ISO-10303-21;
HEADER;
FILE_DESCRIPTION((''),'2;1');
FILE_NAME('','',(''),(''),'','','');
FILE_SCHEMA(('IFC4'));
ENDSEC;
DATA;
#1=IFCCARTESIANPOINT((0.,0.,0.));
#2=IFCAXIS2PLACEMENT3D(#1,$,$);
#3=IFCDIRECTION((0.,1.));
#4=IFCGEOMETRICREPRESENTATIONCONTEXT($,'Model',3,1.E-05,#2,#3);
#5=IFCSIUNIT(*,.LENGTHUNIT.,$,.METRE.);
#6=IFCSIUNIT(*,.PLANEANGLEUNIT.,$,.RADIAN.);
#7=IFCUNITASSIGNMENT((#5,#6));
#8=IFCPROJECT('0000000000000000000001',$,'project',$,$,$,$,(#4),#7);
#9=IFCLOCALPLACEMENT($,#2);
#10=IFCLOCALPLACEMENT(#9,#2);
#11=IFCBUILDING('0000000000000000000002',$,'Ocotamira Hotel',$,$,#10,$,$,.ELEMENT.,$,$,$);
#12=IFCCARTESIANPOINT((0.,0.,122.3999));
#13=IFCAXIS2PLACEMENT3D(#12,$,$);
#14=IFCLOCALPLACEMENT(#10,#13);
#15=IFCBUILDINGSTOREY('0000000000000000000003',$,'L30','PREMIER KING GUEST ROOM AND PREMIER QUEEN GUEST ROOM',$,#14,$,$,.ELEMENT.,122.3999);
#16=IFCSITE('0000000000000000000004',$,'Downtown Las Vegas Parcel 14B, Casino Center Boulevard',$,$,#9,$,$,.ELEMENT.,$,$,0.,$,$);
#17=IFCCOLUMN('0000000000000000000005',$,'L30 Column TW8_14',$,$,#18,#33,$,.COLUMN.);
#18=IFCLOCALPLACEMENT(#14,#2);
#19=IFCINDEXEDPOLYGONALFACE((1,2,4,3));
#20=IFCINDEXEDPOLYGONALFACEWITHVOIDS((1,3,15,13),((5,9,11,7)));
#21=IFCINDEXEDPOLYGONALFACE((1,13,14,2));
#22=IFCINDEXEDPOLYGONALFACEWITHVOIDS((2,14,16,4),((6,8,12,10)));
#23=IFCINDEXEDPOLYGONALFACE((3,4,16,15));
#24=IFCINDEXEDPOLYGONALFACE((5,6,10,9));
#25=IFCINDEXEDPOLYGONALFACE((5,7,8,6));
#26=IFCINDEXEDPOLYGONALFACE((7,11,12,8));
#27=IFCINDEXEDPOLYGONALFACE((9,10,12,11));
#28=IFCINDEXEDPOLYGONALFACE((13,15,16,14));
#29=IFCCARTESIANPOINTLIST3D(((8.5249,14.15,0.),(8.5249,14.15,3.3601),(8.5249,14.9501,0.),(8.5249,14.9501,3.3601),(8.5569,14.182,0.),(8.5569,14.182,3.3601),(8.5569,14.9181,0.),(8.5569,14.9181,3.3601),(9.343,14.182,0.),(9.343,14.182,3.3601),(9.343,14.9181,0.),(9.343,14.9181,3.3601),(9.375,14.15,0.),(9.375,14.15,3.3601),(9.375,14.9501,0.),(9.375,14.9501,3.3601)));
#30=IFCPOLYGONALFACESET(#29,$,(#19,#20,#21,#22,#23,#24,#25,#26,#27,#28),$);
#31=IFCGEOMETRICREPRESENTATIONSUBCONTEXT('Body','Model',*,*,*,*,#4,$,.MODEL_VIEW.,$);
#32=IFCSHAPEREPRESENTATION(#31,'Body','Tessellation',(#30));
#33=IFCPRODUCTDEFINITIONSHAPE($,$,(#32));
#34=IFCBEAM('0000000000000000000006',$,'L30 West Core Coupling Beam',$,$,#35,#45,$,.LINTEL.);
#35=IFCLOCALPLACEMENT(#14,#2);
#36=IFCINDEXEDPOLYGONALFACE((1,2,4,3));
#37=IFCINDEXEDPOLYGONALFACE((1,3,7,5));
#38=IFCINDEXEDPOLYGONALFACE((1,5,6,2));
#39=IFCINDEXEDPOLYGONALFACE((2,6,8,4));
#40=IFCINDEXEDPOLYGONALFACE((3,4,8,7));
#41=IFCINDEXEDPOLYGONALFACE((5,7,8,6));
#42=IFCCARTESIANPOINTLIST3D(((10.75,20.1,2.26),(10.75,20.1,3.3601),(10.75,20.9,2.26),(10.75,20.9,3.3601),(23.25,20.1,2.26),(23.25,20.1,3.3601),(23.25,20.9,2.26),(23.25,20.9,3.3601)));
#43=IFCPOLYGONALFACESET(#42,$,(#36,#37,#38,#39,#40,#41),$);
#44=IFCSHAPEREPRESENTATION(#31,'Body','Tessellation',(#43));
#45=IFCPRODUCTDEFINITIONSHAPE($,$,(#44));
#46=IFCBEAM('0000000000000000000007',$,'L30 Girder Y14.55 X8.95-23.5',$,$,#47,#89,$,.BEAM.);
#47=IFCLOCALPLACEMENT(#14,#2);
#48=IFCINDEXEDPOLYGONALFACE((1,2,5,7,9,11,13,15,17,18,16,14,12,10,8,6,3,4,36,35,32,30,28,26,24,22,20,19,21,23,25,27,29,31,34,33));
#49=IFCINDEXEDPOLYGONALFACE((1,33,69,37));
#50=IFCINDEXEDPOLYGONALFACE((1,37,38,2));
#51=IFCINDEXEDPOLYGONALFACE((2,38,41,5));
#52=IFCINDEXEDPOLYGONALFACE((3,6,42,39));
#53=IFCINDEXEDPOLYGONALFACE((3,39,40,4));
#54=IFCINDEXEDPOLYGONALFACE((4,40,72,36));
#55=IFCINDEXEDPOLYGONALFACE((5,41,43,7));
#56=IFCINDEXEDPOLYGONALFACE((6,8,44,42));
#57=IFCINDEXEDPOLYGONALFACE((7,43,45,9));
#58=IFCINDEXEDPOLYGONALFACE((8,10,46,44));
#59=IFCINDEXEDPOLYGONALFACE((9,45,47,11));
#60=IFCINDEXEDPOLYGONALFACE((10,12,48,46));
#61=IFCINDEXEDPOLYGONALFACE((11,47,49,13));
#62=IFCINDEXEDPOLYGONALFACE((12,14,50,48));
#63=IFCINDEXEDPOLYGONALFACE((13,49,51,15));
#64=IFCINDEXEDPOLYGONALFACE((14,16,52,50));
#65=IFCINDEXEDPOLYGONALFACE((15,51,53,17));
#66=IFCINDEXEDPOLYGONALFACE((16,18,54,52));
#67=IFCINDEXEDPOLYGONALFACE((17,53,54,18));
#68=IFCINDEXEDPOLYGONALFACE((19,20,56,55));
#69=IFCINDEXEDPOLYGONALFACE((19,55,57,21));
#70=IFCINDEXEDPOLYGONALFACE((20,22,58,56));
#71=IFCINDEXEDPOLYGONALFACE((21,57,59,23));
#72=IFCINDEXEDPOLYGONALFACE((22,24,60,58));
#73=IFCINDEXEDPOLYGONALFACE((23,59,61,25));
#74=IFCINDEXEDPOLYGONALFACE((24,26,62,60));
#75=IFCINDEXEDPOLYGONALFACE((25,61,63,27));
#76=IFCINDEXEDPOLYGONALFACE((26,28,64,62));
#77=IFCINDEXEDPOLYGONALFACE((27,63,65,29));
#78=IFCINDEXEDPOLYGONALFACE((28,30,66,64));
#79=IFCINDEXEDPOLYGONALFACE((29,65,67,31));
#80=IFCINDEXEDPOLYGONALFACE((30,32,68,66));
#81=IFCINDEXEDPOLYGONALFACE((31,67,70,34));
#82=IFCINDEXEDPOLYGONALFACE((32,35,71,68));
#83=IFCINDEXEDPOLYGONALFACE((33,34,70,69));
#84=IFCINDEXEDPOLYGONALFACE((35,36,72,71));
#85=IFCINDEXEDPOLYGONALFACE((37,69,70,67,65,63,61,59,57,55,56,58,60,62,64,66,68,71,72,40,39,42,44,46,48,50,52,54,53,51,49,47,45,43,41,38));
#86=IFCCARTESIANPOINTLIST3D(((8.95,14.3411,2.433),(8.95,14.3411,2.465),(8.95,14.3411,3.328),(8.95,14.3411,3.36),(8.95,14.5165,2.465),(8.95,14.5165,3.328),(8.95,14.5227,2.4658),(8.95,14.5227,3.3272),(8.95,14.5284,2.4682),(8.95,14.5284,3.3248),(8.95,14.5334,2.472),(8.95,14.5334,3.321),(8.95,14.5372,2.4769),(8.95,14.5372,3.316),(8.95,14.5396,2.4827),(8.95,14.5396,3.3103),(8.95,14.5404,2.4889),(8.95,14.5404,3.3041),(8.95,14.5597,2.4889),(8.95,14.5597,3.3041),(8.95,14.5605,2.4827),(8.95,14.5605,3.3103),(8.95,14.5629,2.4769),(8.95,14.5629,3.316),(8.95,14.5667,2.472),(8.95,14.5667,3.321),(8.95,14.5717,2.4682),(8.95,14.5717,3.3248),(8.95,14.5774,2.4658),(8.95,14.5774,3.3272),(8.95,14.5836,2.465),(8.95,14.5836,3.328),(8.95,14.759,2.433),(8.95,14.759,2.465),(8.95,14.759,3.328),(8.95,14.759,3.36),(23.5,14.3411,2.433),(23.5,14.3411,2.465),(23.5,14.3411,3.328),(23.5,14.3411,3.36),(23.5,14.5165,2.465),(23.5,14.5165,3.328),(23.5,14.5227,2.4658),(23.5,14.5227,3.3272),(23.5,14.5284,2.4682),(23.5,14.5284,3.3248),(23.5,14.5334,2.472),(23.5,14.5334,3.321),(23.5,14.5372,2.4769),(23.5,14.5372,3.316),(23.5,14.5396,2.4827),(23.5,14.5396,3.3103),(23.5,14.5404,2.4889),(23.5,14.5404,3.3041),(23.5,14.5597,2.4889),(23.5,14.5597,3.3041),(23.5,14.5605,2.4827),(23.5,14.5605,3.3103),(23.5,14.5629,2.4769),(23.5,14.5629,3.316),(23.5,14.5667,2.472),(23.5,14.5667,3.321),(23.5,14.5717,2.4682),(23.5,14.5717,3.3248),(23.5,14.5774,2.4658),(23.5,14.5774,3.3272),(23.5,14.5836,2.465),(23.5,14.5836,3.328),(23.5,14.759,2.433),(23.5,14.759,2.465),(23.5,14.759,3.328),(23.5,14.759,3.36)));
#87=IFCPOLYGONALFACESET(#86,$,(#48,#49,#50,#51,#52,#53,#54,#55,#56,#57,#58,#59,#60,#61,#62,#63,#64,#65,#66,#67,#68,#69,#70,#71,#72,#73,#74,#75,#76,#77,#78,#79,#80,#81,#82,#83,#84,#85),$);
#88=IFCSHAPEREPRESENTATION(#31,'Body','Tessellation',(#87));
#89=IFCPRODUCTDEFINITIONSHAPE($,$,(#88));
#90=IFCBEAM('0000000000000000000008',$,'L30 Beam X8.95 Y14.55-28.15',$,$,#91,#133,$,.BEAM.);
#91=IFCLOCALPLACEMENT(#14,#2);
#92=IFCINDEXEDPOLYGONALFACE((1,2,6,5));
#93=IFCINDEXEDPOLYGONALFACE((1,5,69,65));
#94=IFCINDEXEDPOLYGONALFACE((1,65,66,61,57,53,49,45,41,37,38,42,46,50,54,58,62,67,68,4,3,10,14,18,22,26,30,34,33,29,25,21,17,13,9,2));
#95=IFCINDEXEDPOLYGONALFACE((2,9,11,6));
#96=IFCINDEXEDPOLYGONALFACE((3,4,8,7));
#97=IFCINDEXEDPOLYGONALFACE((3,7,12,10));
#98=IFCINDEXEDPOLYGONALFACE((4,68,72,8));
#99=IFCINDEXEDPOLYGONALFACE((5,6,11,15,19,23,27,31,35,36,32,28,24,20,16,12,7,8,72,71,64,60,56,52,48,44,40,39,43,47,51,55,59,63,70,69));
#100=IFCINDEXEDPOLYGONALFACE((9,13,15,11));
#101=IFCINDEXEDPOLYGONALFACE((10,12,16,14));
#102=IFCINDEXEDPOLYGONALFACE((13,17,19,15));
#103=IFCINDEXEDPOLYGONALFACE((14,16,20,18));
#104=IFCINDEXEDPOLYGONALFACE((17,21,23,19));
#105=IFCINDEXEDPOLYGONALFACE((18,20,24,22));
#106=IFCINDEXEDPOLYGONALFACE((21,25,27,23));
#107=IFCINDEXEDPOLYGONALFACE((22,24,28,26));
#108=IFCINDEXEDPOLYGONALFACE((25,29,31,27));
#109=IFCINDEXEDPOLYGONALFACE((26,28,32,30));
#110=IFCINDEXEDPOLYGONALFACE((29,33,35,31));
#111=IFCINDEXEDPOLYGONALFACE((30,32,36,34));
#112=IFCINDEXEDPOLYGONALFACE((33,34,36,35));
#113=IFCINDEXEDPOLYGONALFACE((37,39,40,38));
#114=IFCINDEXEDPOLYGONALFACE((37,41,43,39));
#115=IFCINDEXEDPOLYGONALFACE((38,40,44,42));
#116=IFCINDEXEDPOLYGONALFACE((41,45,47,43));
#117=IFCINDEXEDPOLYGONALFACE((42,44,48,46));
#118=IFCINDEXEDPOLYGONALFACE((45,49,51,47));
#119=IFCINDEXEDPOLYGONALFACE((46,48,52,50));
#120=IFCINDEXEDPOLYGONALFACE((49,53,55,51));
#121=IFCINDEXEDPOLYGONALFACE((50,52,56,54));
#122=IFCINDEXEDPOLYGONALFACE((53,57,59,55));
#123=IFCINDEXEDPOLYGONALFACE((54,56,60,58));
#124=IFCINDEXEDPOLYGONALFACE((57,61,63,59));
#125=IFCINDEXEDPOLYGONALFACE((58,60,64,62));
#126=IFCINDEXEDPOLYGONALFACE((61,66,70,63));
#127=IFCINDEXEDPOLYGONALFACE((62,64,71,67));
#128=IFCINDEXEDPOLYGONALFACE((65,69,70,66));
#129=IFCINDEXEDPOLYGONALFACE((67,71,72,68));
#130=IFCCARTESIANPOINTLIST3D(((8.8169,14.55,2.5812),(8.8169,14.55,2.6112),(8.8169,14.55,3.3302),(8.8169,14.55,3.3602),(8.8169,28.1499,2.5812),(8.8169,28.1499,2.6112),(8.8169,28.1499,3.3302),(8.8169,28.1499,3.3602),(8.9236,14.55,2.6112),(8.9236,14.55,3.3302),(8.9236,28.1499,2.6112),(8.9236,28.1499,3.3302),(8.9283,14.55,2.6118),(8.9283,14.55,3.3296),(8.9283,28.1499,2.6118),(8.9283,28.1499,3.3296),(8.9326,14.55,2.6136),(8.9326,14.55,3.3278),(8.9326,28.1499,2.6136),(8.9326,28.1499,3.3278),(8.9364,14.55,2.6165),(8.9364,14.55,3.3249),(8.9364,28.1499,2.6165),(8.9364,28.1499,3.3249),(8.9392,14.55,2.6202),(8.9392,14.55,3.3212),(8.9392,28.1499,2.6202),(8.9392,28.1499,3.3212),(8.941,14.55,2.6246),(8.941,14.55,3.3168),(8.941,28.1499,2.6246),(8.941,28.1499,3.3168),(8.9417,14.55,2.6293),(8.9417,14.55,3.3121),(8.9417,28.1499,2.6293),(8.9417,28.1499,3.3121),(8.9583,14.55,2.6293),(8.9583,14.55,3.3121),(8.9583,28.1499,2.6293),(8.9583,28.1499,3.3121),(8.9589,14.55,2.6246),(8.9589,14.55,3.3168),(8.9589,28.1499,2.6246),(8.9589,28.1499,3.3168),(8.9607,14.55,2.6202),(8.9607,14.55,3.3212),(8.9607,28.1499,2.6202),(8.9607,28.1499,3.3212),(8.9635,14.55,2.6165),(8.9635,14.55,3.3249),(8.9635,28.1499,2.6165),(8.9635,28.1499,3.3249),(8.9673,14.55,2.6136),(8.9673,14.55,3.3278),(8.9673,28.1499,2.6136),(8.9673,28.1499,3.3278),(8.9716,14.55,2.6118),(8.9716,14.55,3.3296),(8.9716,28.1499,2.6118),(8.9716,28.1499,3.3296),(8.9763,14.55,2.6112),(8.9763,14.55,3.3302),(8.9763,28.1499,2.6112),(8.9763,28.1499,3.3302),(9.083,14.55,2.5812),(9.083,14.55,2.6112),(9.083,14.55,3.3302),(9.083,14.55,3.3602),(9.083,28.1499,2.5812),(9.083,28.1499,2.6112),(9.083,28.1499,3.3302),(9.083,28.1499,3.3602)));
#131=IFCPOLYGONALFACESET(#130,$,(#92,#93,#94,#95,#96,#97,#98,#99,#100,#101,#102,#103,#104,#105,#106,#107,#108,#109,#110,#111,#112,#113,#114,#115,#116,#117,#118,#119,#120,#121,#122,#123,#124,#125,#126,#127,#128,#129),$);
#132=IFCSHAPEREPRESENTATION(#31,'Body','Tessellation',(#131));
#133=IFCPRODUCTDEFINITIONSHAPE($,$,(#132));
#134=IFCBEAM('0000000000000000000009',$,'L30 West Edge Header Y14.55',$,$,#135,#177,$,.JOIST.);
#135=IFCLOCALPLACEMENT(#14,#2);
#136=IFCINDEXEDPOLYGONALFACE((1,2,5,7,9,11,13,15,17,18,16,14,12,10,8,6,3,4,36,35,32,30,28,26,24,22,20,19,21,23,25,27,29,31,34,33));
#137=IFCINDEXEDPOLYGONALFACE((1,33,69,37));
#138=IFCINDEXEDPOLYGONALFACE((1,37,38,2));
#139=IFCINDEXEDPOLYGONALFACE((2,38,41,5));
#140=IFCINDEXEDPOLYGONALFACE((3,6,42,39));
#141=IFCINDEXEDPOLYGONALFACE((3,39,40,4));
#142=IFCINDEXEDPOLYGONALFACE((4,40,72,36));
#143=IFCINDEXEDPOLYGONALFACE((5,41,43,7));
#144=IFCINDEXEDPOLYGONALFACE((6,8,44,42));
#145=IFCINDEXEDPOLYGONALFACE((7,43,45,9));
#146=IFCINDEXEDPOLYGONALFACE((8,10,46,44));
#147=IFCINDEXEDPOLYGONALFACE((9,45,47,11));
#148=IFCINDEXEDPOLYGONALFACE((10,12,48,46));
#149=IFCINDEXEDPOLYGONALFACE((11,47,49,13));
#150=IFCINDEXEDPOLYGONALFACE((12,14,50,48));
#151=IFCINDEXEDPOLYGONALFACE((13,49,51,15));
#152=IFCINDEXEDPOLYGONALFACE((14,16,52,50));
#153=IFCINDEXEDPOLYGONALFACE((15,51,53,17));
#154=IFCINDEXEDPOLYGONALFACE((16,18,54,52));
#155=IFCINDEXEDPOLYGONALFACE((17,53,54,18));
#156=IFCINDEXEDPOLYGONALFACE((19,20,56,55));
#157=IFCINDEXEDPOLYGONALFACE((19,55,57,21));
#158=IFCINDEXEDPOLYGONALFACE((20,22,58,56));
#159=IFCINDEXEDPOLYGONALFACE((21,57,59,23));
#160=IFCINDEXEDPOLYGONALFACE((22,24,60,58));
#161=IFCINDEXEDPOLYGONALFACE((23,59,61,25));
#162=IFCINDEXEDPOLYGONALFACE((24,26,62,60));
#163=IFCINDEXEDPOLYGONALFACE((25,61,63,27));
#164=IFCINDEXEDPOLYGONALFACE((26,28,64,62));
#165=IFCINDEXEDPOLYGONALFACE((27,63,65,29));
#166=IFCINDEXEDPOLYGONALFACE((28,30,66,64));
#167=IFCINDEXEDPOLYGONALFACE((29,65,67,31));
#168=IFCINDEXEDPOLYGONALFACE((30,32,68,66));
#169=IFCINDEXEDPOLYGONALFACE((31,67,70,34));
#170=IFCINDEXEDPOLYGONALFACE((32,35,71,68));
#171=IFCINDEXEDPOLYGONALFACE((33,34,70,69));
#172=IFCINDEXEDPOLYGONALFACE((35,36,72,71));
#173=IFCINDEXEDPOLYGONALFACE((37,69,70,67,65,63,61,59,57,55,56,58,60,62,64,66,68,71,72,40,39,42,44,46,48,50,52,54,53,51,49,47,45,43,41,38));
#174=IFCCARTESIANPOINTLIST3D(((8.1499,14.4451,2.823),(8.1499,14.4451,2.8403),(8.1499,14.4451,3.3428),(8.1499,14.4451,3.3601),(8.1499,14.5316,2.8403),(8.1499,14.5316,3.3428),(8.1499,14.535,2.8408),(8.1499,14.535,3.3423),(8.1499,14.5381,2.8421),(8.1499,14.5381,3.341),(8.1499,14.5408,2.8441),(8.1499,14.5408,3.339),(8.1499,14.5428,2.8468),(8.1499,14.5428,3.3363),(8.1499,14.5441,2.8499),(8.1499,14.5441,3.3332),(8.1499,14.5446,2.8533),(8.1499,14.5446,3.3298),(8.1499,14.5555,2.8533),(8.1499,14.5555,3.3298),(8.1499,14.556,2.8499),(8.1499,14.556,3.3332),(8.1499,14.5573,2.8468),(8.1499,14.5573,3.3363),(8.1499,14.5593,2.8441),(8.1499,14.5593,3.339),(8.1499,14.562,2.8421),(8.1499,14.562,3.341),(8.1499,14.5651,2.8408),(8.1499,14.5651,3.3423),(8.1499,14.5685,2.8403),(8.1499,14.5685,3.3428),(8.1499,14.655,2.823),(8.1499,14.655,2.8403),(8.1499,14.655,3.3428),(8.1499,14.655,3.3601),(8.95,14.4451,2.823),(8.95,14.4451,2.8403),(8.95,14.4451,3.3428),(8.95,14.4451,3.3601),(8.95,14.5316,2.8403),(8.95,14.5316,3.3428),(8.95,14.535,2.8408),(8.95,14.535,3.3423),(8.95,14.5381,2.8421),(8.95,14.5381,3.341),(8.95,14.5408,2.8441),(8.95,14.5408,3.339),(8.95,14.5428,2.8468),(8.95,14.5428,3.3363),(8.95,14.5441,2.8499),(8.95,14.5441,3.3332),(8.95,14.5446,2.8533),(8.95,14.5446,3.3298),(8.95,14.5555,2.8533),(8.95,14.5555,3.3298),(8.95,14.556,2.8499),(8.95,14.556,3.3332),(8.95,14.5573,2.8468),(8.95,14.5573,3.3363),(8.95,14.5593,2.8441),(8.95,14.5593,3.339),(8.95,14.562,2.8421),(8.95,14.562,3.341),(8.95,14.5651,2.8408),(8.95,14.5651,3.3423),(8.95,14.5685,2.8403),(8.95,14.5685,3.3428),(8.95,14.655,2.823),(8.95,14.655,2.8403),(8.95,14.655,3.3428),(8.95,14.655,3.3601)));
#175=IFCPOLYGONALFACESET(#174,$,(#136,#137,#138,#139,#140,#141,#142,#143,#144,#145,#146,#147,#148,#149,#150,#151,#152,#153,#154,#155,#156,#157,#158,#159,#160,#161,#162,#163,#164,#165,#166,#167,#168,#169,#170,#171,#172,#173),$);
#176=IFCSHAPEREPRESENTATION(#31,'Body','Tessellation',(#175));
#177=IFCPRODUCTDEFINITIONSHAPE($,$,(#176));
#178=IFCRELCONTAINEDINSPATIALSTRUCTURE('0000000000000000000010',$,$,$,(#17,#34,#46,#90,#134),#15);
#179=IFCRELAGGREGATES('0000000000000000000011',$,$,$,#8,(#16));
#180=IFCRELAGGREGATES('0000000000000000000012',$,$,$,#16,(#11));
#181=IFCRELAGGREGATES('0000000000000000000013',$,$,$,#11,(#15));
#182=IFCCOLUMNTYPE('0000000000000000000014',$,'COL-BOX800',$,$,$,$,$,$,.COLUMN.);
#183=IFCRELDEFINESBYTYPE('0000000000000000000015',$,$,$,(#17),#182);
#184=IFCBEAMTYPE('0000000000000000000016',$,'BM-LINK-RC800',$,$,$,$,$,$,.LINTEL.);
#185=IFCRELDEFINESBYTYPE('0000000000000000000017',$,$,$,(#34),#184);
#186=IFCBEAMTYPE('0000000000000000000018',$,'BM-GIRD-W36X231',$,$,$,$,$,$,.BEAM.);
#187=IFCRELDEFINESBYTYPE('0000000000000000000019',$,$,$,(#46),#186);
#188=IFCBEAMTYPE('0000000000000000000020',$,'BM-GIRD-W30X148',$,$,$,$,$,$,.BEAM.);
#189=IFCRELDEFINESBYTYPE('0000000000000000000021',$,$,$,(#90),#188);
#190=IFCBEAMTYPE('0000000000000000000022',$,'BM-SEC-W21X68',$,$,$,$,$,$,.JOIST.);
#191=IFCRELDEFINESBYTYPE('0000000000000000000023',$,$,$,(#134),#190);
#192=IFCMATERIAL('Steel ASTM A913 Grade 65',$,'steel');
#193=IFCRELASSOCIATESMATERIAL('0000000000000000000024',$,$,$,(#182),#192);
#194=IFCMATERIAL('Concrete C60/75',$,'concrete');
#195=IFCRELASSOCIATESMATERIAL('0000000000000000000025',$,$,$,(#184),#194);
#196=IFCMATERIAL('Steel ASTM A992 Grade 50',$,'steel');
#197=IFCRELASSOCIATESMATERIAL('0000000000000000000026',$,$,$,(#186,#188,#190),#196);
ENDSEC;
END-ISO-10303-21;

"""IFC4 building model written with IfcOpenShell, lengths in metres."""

from ifc_helpers import new_model, si_unit, direction, frame, origin, origin_2d, place, context, subcontext, project, spatial, rectangle, hollow_rectangle, i_section, extrude, source, transform, mapped, material, material_profile, profile_set, type_object, element, save


model = new_model("IFC4")

# Units and contexts
model_context = context("Model", 3, precision=1e-05, world=origin(), true_north=direction((0.0, 1.0)))
body_context = subcontext(model_context, "Body", "Model", "MODEL_VIEW")
ifc_project = project(units=[si_unit("LENGTHUNIT", "METRE"), si_unit("PLANEANGLEUNIT", "RADIAN")], contexts=[model_context])

# Site, building, storey
site_placement = place(None, origin())
site = spatial("IfcSite", under=ifc_project, at=site_placement, Name="Downtown Las Vegas Parcel 14B, Casino Center Boulevard", CompositionType="ELEMENT", RefElevation=0.0)
building_placement = place(site_placement, origin())
building = spatial("IfcBuilding", under=site, at=building_placement, Name="Ocotamira Hotel", CompositionType="ELEMENT")
storey_placement = place(building_placement, frame((0.0, 0.0, 122.3999)))
storey = spatial("IfcBuildingStorey", under=building, at=storey_placement, Name="L30", Description="PREMIER KING GUEST ROOM AND PREMIER QUEEN GUEST ROOM", CompositionType="ELEMENT", Elevation=122.3999)

# Column
ifc_material_1 = material(Name="Steel ASTM A913 Grade 65", Category="steel")
ifc_material_profile_1 = material_profile(ifc_material_1, hollow_rectangle(XDim=0.8501, YDim=0.8, WallThickness=0.032, at=origin_2d()), Name="BOX800X850X32")
ifc_profile_set_1 = profile_set([ifc_material_profile_1], Name="Steel ASTM A913 Grade 65")
column_type = type_object("IfcColumnType", Name="COL-BOX800", PredefinedType="COLUMN", material=ifc_profile_set_1)
shared_shape_1 = source(origin(), body_context, "Body", "SweptSolid", [
    extrude(hollow_rectangle(XDim=0.8501, YDim=0.8, WallThickness=0.032, at=origin_2d()), origin(), (0.0, 0.0, 1.0), 3.3601),
])
column_placement = place(storey_placement, frame((8.95, 14.55, 0.0), z_axis=(0.0, 0.0, 1.0), x_axis=(1.0, 0.0, 0.0)))
element("IfcColumn", 1, at=column_placement, inside=storey, type_object=column_type, Name="L30 Column TW8_14", PredefinedType="COLUMN", context=body_context, shape_type="MappedRepresentation", body=[
    mapped(shared_shape_1, transform((0.0, 0.0, 0.0), scale=1.0)),
])

# Beams
ifc_material_2 = material(Name="Concrete C60/75", Category="concrete")
ifc_material_profile_2 = material_profile(ifc_material_2, rectangle(XDim=0.8, YDim=1.1001, at=origin_2d()), Name="RC800X1100")
ifc_profile_set_2 = profile_set([ifc_material_profile_2], Name="Concrete C60/75")
beam_type_1 = type_object("IfcBeamType", Name="BM-LINK-RC800", PredefinedType="LINTEL", material=ifc_profile_set_2)
shared_shape_2 = source(origin(), body_context, "Body", "SweptSolid", [
    extrude(rectangle(XDim=0.8, YDim=1.1001, at=origin_2d()), origin(), (0.0, 0.0, 1.0), 12.5),
])
beam_1_placement = place(storey_placement, frame((10.75, 20.5, 2.8101), z_axis=(1.0, 0.0, 0.0), x_axis=(0.0, 1.0, 0.0)))
element("IfcBeam", 2, at=beam_1_placement, inside=storey, type_object=beam_type_1, Name="L30 West Core Coupling Beam", PredefinedType="LINTEL", context=body_context, shape_type="MappedRepresentation", body=[
    mapped(shared_shape_2, transform((0.0, 0.0, 0.0), scale=1.0)),
])
ifc_material_3 = material(Name="Steel ASTM A992 Grade 50", Category="steel")
ifc_material_profile_3 = material_profile(ifc_material_3, i_section(OverallWidth=0.418, OverallDepth=0.927, WebThickness=0.0193, FlangeThickness=0.032, FilletRadius=0.0239, at=origin_2d()), Name="W36X231")
ifc_profile_set_3 = profile_set([ifc_material_profile_3], Name="Steel ASTM A992 Grade 50")
beam_type_2 = type_object("IfcBeamType", Name="BM-GIRD-W36X231", PredefinedType="BEAM", material=ifc_profile_set_3)
shared_shape_3 = source(origin(), body_context, "Body", "SweptSolid", [
    extrude(i_section(OverallWidth=0.418, OverallDepth=0.927, WebThickness=0.0193, FlangeThickness=0.032, FilletRadius=0.0239, at=origin_2d()), origin(), (0.0, 0.0, 1.0), 14.55),
])
beam_2_placement = place(storey_placement, frame((8.95, 14.55, 2.8965), z_axis=(1.0, 0.0, 0.0), x_axis=(0.0, 1.0, 0.0)))
element("IfcBeam", 3, at=beam_2_placement, inside=storey, type_object=beam_type_2, Name="L30 Girder Y14.55 X8.95-23.5", PredefinedType="BEAM", context=body_context, shape_type="MappedRepresentation", body=[
    mapped(shared_shape_3, transform((0.0, 0.0, 0.0), scale=1.0)),
])
ifc_material_profile_4 = material_profile(ifc_material_3, i_section(OverallWidth=0.2661, OverallDepth=0.7791, WebThickness=0.0166, FlangeThickness=0.03, FilletRadius=0.0181, at=origin_2d()), Name="W30X148")
ifc_profile_set_4 = profile_set([ifc_material_profile_4], Name="Steel ASTM A992 Grade 50")
beam_type_3 = type_object("IfcBeamType", Name="BM-GIRD-W30X148", PredefinedType="BEAM", material=ifc_profile_set_4)
shared_shape_4 = source(origin(), body_context, "Body", "SweptSolid", [
    extrude(i_section(OverallWidth=0.2661, OverallDepth=0.7791, WebThickness=0.0166, FlangeThickness=0.03, FilletRadius=0.0181, at=origin_2d()), origin(), (0.0, 0.0, 1.0), 13.5999),
])
beam_3_placement = place(storey_placement, frame((8.95, 14.55, 2.9707), z_axis=(0.0, 1.0, 0.0), x_axis=(-1.0, 0.0, 0.0)))
element("IfcBeam", 4, at=beam_3_placement, inside=storey, type_object=beam_type_3, Name="L30 Beam X8.95 Y14.55-28.15", PredefinedType="BEAM", context=body_context, shape_type="MappedRepresentation", body=[
    mapped(shared_shape_4, transform((0.0, 0.0, 0.0), scale=1.0)),
])
ifc_material_profile_5 = material_profile(ifc_material_3, i_section(OverallWidth=0.21, OverallDepth=0.5371, WebThickness=0.011, FlangeThickness=0.0173, FilletRadius=0.0129, at=origin_2d()), Name="W21X68")
ifc_profile_set_5 = profile_set([ifc_material_profile_5], Name="Steel ASTM A992 Grade 50")
beam_type_4 = type_object("IfcBeamType", Name="BM-SEC-W21X68", PredefinedType="JOIST", material=ifc_profile_set_5)
shared_shape_5 = source(origin(), body_context, "Body", "SweptSolid", [
    extrude(i_section(OverallWidth=0.21, OverallDepth=0.5371, WebThickness=0.011, FlangeThickness=0.0173, FilletRadius=0.0129, at=origin_2d()), origin(), (0.0, 0.0, 1.0), 0.8),
])
beam_4_placement = place(storey_placement, frame((8.95, 14.55, 3.0916), z_axis=(-1.0, 0.0, 0.0), x_axis=(0.0, -1.0, 0.0)))
element("IfcBeam", 5, at=beam_4_placement, inside=storey, type_object=beam_type_4, Name="L30 West Edge Header Y14.55", PredefinedType="JOIST", context=body_context, shape_type="MappedRepresentation", body=[
    mapped(shared_shape_5, transform((0.0, 0.0, 0.0), scale=1.0)),
])

save(model, "model.ifc")
